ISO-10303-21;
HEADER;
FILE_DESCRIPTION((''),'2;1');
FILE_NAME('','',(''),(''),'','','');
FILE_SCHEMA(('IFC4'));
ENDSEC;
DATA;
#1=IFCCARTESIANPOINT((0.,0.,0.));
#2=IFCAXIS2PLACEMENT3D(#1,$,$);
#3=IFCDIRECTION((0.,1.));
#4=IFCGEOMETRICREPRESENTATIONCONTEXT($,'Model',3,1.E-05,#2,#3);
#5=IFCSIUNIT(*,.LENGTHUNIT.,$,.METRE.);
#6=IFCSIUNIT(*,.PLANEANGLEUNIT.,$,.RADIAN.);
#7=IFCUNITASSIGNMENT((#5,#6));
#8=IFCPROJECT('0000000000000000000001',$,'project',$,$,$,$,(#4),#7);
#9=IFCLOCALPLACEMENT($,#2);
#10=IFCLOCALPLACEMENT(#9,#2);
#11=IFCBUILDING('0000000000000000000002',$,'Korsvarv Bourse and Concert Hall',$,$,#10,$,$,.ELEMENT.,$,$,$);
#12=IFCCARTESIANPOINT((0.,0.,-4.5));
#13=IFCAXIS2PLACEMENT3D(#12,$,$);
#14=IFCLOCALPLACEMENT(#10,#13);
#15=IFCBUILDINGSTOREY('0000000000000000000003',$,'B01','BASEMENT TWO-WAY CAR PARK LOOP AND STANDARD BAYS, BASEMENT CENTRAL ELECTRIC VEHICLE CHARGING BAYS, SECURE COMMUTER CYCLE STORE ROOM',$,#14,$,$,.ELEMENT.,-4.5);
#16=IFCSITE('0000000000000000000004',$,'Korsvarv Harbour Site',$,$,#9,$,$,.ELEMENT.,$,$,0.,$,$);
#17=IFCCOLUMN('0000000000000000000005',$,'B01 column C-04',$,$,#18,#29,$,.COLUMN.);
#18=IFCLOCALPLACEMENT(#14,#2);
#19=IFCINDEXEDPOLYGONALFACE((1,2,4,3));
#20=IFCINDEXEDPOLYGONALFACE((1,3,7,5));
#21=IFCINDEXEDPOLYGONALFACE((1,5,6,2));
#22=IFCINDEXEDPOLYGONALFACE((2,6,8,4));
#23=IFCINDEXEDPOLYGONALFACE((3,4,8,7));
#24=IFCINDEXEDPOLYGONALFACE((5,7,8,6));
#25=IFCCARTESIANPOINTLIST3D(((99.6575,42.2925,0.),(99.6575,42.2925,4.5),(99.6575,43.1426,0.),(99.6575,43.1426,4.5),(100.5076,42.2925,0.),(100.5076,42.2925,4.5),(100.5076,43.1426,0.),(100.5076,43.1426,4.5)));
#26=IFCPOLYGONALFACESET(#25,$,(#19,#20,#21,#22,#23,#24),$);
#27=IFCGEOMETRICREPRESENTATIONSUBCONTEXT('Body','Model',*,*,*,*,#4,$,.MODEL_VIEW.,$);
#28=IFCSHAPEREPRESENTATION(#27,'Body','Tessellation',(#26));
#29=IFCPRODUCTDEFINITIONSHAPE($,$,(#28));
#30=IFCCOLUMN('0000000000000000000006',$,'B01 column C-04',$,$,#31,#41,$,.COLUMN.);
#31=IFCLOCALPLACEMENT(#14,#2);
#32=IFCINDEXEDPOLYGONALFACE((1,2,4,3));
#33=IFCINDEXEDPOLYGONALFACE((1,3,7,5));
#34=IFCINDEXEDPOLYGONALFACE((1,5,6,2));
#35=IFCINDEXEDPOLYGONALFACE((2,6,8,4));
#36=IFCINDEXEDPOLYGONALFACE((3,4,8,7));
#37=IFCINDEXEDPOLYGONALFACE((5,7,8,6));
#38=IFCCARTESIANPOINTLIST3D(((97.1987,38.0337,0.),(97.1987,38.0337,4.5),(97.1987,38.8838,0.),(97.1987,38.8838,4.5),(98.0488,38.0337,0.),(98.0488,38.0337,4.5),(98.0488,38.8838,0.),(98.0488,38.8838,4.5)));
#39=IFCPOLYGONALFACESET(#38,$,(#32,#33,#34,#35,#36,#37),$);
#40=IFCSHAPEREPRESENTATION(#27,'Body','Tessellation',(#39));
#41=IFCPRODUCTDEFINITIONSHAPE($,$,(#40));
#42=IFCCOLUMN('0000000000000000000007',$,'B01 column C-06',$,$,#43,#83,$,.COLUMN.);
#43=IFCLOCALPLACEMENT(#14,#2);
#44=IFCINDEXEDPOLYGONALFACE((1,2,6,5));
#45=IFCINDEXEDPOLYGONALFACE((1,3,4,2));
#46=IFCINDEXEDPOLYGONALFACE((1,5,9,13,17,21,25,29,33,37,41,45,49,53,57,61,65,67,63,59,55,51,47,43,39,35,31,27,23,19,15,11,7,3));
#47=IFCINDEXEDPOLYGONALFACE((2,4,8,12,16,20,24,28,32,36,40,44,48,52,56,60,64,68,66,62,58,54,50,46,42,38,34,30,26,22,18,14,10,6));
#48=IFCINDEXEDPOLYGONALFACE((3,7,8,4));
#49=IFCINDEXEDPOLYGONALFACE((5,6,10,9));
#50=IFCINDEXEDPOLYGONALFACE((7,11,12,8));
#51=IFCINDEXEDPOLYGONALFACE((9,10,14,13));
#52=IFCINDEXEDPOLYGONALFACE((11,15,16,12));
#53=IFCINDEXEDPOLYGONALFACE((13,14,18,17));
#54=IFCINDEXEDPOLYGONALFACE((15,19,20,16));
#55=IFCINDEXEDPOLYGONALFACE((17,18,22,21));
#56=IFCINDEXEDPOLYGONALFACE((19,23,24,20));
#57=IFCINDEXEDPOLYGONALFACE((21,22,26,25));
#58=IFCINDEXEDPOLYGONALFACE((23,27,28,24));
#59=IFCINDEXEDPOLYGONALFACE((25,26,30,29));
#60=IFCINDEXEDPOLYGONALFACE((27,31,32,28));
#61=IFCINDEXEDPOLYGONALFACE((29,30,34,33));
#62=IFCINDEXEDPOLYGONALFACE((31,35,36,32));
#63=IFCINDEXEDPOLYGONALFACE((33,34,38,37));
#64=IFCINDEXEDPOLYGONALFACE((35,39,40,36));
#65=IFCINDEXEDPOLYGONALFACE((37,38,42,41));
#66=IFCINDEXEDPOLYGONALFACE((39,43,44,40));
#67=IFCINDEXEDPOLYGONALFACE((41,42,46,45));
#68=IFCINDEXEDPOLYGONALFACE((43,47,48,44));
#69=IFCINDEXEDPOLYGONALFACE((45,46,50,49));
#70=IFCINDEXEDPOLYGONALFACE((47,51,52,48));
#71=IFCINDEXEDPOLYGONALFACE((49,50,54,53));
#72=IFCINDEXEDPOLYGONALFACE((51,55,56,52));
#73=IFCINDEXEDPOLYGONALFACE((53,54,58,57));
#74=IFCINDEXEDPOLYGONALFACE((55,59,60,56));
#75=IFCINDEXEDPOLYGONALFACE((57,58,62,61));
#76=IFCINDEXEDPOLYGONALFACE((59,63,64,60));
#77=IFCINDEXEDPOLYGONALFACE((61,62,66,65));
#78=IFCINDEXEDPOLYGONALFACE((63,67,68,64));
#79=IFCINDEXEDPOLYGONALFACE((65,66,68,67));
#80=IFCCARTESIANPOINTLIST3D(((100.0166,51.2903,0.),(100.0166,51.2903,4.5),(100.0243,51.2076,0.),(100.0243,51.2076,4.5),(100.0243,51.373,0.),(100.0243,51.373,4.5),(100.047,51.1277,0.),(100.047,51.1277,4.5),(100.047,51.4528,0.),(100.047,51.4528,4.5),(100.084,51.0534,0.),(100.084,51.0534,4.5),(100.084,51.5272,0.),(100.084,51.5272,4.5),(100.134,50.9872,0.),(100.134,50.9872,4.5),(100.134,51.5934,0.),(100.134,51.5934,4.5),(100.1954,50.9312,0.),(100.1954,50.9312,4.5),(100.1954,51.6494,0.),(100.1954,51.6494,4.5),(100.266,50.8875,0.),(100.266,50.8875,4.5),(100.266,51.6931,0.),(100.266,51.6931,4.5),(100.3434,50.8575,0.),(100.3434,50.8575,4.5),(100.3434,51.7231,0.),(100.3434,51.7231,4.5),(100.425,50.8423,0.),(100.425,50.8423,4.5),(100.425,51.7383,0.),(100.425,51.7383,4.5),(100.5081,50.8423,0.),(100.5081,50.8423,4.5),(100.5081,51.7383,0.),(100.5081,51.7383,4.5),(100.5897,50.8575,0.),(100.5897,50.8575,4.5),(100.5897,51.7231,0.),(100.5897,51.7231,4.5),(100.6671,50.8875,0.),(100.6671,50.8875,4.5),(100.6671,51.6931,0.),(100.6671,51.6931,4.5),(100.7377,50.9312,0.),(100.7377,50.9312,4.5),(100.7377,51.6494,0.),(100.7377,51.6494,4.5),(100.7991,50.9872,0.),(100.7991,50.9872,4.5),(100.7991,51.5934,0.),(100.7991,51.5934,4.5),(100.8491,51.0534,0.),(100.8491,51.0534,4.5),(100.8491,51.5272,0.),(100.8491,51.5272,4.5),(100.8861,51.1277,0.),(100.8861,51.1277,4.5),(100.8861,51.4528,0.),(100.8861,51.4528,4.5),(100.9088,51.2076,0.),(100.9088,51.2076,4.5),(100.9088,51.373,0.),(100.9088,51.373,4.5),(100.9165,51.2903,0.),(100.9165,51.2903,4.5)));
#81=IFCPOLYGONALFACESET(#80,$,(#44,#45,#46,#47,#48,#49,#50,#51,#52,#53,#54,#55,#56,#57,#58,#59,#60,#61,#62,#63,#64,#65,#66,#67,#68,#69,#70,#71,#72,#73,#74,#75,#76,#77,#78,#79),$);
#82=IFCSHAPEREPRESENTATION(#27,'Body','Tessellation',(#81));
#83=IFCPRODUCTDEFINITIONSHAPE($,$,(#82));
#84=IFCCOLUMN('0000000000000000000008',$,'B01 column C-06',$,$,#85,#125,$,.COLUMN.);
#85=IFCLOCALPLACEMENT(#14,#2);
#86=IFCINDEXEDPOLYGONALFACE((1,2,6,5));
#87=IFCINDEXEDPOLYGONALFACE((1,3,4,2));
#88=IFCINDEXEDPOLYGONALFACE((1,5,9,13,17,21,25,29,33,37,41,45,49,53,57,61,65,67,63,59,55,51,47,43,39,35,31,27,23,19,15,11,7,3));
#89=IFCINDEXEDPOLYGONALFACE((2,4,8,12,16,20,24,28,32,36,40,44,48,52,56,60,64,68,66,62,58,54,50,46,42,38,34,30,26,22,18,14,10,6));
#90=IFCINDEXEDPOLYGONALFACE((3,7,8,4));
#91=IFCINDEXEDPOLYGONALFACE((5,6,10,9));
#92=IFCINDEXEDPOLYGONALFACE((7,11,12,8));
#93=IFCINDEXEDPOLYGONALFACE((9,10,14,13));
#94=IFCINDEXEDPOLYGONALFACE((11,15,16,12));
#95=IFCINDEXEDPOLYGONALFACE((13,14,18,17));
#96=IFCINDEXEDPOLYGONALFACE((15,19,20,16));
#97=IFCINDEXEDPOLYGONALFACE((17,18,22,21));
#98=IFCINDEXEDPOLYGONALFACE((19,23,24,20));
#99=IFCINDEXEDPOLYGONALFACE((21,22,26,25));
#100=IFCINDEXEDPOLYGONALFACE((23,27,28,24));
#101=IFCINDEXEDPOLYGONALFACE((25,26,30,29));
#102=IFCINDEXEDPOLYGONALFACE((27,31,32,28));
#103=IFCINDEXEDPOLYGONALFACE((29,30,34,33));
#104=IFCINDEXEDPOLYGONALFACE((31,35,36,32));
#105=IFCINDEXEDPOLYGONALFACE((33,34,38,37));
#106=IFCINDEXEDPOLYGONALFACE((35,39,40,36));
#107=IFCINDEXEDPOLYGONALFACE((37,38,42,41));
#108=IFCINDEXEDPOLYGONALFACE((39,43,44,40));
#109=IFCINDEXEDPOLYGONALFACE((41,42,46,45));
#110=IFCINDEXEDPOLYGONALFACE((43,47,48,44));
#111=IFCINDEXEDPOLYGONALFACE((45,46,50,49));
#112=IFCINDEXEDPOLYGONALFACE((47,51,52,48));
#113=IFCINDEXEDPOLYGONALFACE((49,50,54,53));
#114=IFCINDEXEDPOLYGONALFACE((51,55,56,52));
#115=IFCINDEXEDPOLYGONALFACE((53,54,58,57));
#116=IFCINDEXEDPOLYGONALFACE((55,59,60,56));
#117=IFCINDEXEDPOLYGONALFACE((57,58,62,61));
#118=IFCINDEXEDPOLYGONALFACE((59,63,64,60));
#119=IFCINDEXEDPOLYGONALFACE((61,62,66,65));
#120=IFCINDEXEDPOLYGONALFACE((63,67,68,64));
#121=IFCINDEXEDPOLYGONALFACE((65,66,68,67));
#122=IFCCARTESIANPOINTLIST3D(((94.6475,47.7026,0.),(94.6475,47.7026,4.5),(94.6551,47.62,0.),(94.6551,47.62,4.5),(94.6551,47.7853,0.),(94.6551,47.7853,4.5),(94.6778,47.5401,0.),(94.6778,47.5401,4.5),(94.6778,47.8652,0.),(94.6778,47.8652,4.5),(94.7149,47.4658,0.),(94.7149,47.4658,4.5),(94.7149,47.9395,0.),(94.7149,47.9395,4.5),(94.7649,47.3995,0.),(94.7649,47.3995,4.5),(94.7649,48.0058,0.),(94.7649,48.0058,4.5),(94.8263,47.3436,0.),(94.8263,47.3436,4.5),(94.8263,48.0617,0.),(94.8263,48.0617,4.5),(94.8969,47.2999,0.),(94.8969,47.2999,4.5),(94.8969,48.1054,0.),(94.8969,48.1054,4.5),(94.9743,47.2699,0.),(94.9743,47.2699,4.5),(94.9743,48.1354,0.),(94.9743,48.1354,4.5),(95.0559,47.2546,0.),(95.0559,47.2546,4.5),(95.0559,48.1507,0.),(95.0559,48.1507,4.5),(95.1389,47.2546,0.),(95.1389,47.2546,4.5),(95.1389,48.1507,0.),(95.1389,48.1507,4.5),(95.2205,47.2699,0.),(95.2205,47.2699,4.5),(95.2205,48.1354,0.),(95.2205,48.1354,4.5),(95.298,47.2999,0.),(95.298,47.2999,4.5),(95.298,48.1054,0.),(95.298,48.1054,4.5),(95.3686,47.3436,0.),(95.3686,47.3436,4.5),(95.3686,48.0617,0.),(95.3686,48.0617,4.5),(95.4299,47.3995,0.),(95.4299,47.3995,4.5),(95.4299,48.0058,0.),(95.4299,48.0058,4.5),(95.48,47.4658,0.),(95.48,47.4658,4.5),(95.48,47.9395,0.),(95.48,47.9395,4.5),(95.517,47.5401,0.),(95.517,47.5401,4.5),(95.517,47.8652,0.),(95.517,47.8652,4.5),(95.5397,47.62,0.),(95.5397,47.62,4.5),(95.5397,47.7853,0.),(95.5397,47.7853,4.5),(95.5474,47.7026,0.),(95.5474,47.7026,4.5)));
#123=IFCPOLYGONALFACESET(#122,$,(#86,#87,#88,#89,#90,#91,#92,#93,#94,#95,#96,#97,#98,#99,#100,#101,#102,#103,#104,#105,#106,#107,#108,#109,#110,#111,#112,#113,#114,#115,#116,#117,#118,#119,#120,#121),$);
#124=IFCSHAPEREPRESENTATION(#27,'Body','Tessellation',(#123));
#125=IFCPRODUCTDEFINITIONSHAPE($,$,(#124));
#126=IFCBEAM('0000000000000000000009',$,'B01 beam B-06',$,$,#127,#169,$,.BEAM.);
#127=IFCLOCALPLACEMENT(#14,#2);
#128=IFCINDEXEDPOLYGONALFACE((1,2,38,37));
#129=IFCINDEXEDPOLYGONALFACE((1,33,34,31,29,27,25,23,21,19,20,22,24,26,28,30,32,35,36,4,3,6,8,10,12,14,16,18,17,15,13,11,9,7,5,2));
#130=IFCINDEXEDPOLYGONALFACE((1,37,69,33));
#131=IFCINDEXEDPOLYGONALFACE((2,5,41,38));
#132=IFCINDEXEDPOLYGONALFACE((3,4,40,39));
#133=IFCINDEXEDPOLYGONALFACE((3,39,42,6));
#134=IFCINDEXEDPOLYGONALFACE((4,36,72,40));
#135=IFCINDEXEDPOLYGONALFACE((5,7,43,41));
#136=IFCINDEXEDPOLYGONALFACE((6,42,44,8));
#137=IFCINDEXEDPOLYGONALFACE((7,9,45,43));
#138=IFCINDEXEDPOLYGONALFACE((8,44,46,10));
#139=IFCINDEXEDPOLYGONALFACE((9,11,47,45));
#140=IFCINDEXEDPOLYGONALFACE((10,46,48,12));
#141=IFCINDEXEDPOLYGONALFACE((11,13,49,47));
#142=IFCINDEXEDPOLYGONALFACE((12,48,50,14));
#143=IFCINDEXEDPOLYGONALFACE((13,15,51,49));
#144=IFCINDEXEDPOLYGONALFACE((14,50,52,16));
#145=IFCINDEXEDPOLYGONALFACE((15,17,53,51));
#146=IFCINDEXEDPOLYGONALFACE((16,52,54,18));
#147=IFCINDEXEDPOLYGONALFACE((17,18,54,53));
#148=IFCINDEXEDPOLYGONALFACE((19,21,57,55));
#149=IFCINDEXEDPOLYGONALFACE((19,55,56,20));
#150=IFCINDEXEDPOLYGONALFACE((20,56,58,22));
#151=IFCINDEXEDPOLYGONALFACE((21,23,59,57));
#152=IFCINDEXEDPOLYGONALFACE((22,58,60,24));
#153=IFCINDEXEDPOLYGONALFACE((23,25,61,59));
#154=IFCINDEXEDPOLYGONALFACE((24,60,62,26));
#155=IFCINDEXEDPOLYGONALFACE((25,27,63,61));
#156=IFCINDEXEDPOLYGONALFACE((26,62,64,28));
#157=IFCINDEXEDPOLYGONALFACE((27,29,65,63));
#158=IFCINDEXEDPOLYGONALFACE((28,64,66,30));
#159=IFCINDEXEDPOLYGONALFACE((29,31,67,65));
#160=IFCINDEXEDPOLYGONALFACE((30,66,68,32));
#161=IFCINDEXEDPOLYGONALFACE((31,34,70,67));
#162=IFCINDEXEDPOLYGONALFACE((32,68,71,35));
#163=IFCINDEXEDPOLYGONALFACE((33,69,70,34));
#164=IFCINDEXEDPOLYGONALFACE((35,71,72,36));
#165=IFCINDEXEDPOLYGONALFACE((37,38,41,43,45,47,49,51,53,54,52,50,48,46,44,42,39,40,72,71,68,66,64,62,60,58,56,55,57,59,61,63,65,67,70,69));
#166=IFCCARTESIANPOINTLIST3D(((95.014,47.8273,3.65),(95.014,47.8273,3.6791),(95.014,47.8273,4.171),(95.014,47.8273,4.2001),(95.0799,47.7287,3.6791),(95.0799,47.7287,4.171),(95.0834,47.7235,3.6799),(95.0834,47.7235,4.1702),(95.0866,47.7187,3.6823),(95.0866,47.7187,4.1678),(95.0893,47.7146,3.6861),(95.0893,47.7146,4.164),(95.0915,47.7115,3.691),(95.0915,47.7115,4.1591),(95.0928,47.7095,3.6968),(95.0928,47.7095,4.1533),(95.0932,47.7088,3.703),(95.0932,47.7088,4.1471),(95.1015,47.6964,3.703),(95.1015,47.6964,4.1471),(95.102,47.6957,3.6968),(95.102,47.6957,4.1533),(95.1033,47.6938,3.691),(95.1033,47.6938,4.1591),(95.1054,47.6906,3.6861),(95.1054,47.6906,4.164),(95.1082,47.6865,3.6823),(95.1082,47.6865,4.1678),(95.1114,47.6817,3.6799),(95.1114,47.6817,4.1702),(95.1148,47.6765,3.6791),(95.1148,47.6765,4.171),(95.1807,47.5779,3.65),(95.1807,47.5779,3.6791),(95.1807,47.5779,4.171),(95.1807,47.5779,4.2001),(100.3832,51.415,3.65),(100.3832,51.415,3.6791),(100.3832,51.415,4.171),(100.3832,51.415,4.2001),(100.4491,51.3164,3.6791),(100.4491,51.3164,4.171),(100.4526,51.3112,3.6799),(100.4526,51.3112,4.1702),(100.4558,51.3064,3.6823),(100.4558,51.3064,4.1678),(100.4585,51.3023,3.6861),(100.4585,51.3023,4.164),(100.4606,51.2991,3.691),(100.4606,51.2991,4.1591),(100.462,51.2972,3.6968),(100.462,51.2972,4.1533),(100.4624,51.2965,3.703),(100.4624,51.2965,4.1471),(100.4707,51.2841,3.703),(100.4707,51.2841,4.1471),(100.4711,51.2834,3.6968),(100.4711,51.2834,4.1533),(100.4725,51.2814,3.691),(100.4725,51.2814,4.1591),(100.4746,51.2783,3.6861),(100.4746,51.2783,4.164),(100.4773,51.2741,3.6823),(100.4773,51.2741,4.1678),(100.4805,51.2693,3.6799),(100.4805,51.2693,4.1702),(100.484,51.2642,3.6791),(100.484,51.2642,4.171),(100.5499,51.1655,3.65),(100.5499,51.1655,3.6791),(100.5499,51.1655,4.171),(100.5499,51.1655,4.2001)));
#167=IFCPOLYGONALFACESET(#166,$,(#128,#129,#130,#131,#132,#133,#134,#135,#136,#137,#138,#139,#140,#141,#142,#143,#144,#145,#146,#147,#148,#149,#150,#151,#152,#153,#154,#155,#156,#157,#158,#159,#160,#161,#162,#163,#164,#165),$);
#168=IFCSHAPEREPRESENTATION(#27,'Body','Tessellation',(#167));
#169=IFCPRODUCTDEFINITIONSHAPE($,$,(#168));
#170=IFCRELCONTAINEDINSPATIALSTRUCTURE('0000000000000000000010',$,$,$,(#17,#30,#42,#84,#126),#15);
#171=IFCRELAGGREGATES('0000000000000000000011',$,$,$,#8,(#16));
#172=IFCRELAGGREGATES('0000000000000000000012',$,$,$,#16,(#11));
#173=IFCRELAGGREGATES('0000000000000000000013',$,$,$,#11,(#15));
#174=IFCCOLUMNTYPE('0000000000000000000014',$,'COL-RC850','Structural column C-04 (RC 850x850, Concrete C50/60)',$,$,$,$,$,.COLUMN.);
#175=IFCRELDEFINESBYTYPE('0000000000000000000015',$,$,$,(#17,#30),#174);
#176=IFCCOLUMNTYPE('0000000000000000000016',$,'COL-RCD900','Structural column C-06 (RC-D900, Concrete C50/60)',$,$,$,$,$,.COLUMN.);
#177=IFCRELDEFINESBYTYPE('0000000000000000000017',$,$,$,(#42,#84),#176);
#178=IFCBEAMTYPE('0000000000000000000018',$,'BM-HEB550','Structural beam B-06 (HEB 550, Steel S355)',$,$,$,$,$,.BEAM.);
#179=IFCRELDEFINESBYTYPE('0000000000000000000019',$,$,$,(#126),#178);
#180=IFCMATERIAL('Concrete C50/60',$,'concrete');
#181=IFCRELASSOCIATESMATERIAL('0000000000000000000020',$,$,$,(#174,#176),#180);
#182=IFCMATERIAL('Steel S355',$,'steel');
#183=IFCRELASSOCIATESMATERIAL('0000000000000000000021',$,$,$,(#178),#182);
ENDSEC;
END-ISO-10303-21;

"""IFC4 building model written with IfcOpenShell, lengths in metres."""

from ifc_helpers import new_model, si_unit, direction, frame, origin, origin_2d, place, context, subcontext, project, spatial, rectangle, circle, i_section, extrude, source, transform, mapped, material, material_profile, profile_set, type_object, element, save


model = new_model("IFC4")

# Units and contexts
model_context = context("Model", 3, precision=1e-05, world=origin(), true_north=direction((0.0, 1.0)))
body_context = subcontext(model_context, "Body", "Model", "MODEL_VIEW")
ifc_project = project(units=[si_unit("LENGTHUNIT", "METRE"), si_unit("PLANEANGLEUNIT", "RADIAN")], contexts=[model_context])

# Site, building, storey
site_placement = place(None, origin())
site = spatial("IfcSite", under=ifc_project, at=site_placement, Name="Korsvarv Harbour Site", CompositionType="ELEMENT", RefElevation=0.0)
building_placement = place(site_placement, origin())
building = spatial("IfcBuilding", under=site, at=building_placement, Name="Korsvarv Bourse and Concert Hall", CompositionType="ELEMENT")
storey_placement = place(building_placement, frame((0.0, 0.0, -4.5)))
storey = spatial("IfcBuildingStorey", under=building, at=storey_placement, Name="B01", Description="BASEMENT TWO-WAY CAR PARK LOOP AND STANDARD BAYS, BASEMENT CENTRAL ELECTRIC VEHICLE CHARGING BAYS, SECURE COMMUTER CYCLE STORE ROOM", CompositionType="ELEMENT", Elevation=-4.5)

# Columns
ifc_material_1 = material(Name="Concrete C50/60", Category="concrete")
ifc_material_profile_1 = material_profile(ifc_material_1, rectangle(XDim=0.8501, YDim=0.8501, at=origin_2d()), Name="RC 850x850")
ifc_profile_set_1 = profile_set([ifc_material_profile_1], Name="Concrete C50/60")
column_type_1 = type_object("IfcColumnType", Name="COL-RC850", Description="Structural column C-04 (RC 850x850, Concrete C50/60)", PredefinedType="COLUMN", material=ifc_profile_set_1)
shared_shape_1 = source(origin(), body_context, "Body", "SweptSolid", [
    extrude(rectangle(XDim=0.8501, YDim=0.8501, at=origin_2d()), origin(), (0.0, 0.0, 1.0), 4.5),
])
for number, where, z_axis, x_axis, name in (
    (1, (100.0825, 42.7175, 0.0), (0.0, 0.0, 1.0), (1.0, 0.0, 0.0), "B01 column C-04"),
    (2, (97.6238, 38.4587, 0.0), (0.0, 0.0, 1.0), (1.0, 0.0, 0.0), "B01 column C-04"),
):
    element("IfcColumn", number, at=place(storey_placement, frame(where, z_axis=z_axis, x_axis=x_axis)), inside=storey, type_object=column_type_1, Name=name, PredefinedType="COLUMN", context=body_context, shape_type="MappedRepresentation", body=[
        mapped(shared_shape_1, transform((0.0, 0.0, 0.0), scale=1.0)),
    ])
ifc_material_profile_2 = material_profile(ifc_material_1, circle(Radius=0.45, at=origin_2d()), Name="RC-D900")
ifc_profile_set_2 = profile_set([ifc_material_profile_2], Name="Concrete C50/60")
column_type_2 = type_object("IfcColumnType", Name="COL-RCD900", Description="Structural column C-06 (RC-D900, Concrete C50/60)", PredefinedType="COLUMN", material=ifc_profile_set_2)
shared_shape_2 = source(origin(), body_context, "Body", "SweptSolid", [
    extrude(circle(Radius=0.45, at=origin_2d()), origin(), (0.0, 0.0, 1.0), 4.5),
])
for number, where, z_axis, x_axis, name in (
    (3, (100.4666, 51.2903, 0.0), (0.0, 0.0, 1.0), (1.0, 0.0, 0.0), "B01 column C-06"),
    (4, (95.0974, 47.7026, 0.0), (0.0, 0.0, 1.0), (1.0, 0.0, 0.0), "B01 column C-06"),
):
    element("IfcColumn", number, at=place(storey_placement, frame(where, z_axis=z_axis, x_axis=x_axis)), inside=storey, type_object=column_type_2, Name=name, PredefinedType="COLUMN", context=body_context, shape_type="MappedRepresentation", body=[
        mapped(shared_shape_2, transform((0.0, 0.0, 0.0), scale=1.0)),
    ])

# Beam
ifc_material_2 = material(Name="Steel S355", Category="steel")
ifc_material_profile_3 = material_profile(ifc_material_2, i_section(OverallWidth=0.3, OverallDepth=0.55, WebThickness=0.0149, FlangeThickness=0.0291, FilletRadius=0.0239, at=origin_2d()), Name="HEB 550")
ifc_profile_set_3 = profile_set([ifc_material_profile_3], Name="Steel S355")
beam_type_1 = type_object("IfcBeamType", Name="BM-HEB550", Description="Structural beam B-06 (HEB 550, Steel S355)", PredefinedType="BEAM", material=ifc_profile_set_3)
shared_shape_3 = source(origin(), body_context, "Body", "SweptSolid", [
    extrude(i_section(OverallWidth=0.3, OverallDepth=0.55, WebThickness=0.0149, FlangeThickness=0.0291, FilletRadius=0.0239, at=origin_2d()), origin(), (0.0, 0.0, 1.0), 6.4575),
])
for number, where, z_axis, x_axis, name in (
    (5, (100.4666, 51.2903, 3.925), (-0.831462, -0.555581, 0.0), (0.555581, -0.831462, 0.0), "B01 beam B-06"),
):
    element("IfcBeam", number, at=place(storey_placement, frame(where, z_axis=z_axis, x_axis=x_axis)), inside=storey, type_object=beam_type_1, Name=name, PredefinedType="BEAM", context=body_context, shape_type="MappedRepresentation", body=[
        mapped(shared_shape_3, transform((0.0, 0.0, 0.0), scale=1.0)),
    ])

save(model, "model.ifc")
